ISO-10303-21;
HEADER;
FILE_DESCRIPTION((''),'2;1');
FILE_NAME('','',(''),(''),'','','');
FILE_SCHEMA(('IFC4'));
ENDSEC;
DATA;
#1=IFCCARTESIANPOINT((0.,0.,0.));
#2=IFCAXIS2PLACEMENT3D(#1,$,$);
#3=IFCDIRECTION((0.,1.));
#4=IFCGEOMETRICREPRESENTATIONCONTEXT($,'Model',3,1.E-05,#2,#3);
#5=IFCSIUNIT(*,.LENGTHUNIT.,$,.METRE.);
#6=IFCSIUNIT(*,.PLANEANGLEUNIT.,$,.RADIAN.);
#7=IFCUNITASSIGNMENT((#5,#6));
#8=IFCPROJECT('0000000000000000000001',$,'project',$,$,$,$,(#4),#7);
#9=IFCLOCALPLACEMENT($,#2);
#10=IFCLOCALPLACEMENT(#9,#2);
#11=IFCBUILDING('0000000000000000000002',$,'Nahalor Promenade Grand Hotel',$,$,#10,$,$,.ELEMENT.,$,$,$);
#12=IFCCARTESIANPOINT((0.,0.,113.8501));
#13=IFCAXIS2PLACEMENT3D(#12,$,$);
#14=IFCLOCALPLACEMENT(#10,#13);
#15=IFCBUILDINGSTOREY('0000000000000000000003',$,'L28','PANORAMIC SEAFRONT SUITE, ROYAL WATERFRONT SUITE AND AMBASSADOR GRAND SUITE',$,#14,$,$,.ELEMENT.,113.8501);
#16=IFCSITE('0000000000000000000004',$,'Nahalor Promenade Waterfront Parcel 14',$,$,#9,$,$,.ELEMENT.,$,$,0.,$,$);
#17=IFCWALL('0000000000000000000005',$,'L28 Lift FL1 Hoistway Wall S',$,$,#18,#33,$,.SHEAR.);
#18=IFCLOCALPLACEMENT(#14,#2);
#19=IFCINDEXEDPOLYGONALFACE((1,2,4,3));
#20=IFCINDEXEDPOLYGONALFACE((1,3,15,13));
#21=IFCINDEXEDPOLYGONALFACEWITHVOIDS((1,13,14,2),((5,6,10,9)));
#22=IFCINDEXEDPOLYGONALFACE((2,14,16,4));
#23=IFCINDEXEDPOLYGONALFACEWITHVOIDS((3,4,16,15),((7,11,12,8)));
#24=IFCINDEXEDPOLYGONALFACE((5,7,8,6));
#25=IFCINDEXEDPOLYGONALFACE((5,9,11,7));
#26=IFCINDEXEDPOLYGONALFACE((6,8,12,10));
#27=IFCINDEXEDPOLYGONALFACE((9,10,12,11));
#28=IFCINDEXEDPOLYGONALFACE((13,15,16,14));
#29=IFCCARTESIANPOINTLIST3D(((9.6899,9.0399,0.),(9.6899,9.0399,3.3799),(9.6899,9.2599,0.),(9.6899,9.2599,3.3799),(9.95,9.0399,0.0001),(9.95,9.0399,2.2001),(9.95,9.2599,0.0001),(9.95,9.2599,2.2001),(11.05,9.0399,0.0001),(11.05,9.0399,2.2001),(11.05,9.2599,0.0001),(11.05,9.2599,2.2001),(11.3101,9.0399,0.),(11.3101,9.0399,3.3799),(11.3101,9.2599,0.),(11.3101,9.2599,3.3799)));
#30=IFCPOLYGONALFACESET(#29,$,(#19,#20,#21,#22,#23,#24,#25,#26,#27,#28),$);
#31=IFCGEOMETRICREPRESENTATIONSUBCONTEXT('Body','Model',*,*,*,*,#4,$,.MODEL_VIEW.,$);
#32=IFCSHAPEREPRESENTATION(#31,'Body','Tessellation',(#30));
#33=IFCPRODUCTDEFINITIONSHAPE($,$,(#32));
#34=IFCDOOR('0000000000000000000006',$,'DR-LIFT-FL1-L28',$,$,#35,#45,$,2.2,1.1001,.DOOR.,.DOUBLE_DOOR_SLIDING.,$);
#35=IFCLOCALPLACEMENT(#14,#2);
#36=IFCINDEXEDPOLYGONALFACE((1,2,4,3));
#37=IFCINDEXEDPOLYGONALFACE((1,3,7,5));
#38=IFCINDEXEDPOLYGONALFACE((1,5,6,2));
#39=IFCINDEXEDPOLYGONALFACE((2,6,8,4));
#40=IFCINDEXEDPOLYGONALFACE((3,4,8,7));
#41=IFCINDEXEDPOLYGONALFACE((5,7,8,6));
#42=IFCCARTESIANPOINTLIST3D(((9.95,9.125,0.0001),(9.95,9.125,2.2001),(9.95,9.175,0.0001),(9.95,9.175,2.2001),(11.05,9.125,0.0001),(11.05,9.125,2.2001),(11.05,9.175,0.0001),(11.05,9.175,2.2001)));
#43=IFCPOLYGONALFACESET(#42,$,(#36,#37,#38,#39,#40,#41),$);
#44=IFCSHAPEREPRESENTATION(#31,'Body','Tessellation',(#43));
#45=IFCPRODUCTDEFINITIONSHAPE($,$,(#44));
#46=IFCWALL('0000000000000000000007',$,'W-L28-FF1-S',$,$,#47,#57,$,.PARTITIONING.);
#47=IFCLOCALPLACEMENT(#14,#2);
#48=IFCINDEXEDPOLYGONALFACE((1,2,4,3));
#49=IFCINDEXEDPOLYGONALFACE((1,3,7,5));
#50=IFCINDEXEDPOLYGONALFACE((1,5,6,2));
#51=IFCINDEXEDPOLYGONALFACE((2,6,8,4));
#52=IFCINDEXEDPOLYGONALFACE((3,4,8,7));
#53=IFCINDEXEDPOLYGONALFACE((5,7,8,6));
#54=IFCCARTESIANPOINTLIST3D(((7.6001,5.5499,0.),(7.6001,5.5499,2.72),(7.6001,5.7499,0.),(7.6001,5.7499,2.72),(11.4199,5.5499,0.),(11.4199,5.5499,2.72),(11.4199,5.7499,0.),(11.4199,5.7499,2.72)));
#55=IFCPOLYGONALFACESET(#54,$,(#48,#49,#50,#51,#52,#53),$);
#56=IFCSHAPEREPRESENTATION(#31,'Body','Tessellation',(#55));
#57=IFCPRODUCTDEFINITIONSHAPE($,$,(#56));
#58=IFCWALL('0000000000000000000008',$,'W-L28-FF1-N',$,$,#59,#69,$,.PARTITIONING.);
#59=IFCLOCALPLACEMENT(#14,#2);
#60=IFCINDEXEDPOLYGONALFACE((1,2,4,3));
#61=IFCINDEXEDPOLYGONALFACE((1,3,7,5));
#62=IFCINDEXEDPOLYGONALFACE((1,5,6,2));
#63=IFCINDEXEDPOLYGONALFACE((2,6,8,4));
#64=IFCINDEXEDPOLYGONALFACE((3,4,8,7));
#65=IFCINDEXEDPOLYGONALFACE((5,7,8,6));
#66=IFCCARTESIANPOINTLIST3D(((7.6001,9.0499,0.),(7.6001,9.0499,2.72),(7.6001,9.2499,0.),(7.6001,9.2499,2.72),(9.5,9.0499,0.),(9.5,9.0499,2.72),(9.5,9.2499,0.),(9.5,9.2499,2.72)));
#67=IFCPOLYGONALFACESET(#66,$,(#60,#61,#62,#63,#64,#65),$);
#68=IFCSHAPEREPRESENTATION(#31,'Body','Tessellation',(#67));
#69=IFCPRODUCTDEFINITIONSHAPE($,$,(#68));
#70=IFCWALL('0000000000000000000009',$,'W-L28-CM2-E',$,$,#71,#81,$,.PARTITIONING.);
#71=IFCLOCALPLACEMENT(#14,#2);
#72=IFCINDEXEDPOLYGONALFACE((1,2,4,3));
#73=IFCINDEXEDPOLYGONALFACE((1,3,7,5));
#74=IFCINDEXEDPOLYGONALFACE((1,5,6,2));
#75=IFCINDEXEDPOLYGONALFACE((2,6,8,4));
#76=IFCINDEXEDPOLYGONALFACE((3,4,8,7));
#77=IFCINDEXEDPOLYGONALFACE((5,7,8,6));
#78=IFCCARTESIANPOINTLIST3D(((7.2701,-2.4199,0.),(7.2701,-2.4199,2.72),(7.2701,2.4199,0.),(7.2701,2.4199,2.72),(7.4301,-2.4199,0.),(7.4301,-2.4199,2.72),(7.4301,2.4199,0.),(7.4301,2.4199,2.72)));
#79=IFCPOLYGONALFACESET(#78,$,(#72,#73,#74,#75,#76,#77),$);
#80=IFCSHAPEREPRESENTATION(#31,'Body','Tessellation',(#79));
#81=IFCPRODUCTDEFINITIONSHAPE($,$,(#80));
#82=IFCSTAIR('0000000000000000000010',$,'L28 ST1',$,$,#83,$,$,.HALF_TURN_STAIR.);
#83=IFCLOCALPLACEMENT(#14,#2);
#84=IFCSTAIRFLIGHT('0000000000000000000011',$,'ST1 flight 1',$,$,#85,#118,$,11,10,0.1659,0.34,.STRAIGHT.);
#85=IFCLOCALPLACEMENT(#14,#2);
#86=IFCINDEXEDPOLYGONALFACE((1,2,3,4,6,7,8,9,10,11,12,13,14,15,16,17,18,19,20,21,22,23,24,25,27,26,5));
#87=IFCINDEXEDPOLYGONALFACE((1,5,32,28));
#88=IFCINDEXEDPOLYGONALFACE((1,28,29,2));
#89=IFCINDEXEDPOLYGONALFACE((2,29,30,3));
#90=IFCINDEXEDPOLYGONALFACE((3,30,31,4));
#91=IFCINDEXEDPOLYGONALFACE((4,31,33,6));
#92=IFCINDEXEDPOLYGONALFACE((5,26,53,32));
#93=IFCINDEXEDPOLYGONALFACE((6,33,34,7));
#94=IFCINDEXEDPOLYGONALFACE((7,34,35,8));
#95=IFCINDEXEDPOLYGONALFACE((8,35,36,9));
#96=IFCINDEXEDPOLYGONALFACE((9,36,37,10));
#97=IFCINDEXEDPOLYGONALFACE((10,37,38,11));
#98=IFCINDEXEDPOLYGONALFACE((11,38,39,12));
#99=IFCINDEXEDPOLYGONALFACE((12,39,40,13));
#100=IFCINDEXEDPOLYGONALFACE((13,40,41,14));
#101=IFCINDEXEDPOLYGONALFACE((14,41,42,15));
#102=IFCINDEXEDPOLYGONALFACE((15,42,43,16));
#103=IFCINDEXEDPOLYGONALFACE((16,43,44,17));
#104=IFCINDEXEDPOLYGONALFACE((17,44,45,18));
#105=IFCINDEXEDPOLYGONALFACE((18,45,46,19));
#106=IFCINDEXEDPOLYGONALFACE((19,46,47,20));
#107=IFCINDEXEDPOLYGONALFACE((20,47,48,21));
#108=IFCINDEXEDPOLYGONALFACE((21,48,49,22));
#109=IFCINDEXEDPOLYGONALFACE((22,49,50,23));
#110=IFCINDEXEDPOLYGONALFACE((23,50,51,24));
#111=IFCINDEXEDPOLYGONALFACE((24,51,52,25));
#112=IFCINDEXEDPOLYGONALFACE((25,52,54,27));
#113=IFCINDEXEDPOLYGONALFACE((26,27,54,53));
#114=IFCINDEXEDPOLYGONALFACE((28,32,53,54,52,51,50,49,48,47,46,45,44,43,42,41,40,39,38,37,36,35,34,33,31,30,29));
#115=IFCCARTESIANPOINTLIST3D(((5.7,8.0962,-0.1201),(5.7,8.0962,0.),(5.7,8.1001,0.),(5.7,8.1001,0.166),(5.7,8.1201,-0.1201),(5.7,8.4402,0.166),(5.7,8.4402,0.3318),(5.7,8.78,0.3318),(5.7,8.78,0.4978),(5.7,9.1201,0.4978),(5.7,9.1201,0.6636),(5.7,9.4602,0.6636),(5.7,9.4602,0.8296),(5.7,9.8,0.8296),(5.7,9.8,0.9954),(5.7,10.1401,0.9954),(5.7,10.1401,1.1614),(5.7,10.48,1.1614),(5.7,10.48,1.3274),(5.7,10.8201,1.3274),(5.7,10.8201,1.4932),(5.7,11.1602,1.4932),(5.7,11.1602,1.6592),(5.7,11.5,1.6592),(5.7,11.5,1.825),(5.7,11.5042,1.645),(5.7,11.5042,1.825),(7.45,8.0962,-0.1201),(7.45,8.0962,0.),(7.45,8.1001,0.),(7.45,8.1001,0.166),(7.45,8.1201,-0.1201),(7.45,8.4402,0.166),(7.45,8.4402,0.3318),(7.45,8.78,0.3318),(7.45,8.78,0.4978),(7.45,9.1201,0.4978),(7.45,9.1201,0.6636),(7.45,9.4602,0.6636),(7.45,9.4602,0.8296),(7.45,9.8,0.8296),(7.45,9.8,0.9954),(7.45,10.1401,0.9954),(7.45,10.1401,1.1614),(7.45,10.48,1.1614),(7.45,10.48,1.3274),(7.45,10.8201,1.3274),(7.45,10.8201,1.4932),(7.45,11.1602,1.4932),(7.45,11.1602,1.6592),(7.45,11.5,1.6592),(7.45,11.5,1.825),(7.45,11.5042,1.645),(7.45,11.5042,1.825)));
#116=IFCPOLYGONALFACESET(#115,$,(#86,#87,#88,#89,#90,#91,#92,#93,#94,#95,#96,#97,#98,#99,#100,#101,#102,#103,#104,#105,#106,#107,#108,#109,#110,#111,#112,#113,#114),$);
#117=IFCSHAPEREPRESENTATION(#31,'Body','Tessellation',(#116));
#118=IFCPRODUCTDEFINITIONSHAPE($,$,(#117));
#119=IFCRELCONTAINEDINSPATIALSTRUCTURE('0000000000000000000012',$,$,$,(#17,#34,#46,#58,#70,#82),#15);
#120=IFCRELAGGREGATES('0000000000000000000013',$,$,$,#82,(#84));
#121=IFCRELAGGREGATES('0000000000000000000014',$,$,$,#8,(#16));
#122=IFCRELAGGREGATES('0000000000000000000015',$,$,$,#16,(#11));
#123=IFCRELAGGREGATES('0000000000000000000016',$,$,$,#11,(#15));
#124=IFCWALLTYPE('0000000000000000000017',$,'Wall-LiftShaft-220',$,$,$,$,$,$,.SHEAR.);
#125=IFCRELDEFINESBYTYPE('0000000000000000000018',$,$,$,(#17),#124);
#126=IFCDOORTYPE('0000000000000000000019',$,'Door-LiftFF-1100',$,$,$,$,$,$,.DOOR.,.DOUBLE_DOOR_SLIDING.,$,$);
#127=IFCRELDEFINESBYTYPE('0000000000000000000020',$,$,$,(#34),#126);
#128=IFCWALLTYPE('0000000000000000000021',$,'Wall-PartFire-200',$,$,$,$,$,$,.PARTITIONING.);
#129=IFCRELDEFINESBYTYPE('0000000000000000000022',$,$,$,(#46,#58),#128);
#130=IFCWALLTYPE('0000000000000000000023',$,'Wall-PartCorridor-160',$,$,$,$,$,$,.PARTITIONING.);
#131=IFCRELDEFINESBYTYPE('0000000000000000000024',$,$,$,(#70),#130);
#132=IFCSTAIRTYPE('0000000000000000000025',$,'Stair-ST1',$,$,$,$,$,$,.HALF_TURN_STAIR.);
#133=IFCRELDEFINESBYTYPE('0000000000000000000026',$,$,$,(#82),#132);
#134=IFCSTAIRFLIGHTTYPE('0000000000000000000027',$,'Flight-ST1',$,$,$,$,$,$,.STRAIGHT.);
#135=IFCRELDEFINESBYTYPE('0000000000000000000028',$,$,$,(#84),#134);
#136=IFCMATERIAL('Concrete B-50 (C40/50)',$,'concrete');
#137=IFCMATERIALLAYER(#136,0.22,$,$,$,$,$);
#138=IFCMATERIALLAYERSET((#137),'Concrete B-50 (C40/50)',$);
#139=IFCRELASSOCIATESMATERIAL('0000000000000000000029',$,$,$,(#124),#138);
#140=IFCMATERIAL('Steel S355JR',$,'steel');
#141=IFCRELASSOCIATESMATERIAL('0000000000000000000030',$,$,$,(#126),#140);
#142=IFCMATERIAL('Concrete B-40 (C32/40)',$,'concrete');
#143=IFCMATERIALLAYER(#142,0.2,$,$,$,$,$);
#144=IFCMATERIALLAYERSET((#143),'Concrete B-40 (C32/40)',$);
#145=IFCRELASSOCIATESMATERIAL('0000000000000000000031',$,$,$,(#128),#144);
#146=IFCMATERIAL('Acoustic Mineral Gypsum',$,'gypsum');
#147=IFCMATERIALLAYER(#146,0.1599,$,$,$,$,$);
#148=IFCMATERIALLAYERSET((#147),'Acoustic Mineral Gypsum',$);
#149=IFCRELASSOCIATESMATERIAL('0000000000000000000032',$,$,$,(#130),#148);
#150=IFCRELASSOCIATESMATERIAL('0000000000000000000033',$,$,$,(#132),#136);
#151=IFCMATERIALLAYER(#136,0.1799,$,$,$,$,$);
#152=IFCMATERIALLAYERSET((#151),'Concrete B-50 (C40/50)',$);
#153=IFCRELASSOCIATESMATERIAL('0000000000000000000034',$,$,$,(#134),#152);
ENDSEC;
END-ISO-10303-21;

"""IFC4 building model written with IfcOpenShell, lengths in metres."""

from ifc_helpers import new_model, si_unit, direction, frame, frame_2d, origin, place, context, subcontext, project, spatial, polyline, rectangle, outline, extrude, source, transform, mapped, material, layer, layer_set, type_object, element, fill, aggregate, save


model = new_model("IFC4")

# Units and contexts
model_context = context("Model", 3, precision=1e-05, world=origin(), true_north=direction((0.0, 1.0)))
body_context = subcontext(model_context, "Body", "Model", "MODEL_VIEW")
ifc_project = project(units=[si_unit("LENGTHUNIT", "METRE"), si_unit("PLANEANGLEUNIT", "RADIAN")], contexts=[model_context])

# Site, building, storey
site_placement = place(None, origin())
site = spatial("IfcSite", under=ifc_project, at=site_placement, Name="Nahalor Promenade Waterfront Parcel 14", CompositionType="ELEMENT", RefElevation=0.0)
building_placement = place(site_placement, origin())
building = spatial("IfcBuilding", under=site, at=building_placement, Name="Nahalor Promenade Grand Hotel", CompositionType="ELEMENT")
storey_placement = place(building_placement, frame((0.0, 0.0, 113.8501)))
storey = spatial("IfcBuildingStorey", under=building, at=storey_placement, Name="L28", Description="PANORAMIC SEAFRONT SUITE, ROYAL WATERFRONT SUITE AND AMBASSADOR GRAND SUITE", CompositionType="ELEMENT", Elevation=113.8501)

# Shared definitions
ifc_material_1 = material(Name="Steel S355JR", Category="steel")

# Shared definitions
ifc_material_2 = material(Name="Concrete B-50 (C40/50)", Category="concrete")

# Shared definitions
ifc_layer_1 = layer(ifc_material_2, 0.22)
ifc_layer_set_1 = layer_set([ifc_layer_1], Name="Concrete B-50 (C40/50)")
wall_type_1 = type_object("IfcWallType", Name="Wall-LiftShaft-220", PredefinedType="SHEAR", material=ifc_layer_set_1)

# Wall, opening, door
shared_shape_1 = source(origin(), body_context, "Body", "SweptSolid", [
    extrude(rectangle(XDim=1.6201, YDim=0.22, at=frame_2d((0.8101, 0.0))), origin(), (0.0, 0.0, 1.0), 3.3799),
])
wall_1_placement = place(storey_placement, frame((9.6899, 9.1499, 0.0), z_axis=(0.0, 0.0, 1.0), x_axis=(1.0, 0.0, 0.0)))
wall_1 = element("IfcWall", 1, at=wall_1_placement, inside=storey, type_object=wall_type_1, Name="L28 Lift FL1 Hoistway Wall S", PredefinedType="SHEAR", context=body_context, shape_type="MappedRepresentation", body=[
    mapped(shared_shape_1, transform((0.0, 0.0, 0.0), scale=1.0)),
])
opening_1_placement = place(wall_1_placement, frame((0.26, 0.0, 0.0)))
opening_1 = element("IfcOpeningElement", 2, at=opening_1_placement, cuts=wall_1, PredefinedType="OPENING", context=body_context, shape_type="SweptSolid", body=[
    extrude(rectangle(XDim=1.1001, YDim=2.2, at=frame_2d((0.55, 1.1001))), frame((0.0, 0.1199, 0.0), z_axis=(0.0, -1.0, 0.0), x_axis=(1.0, 0.0, 0.0)), (0.0, 0.0, 1.0), 0.24),
])
door_type_1 = type_object("IfcDoorType", Name="Door-LiftFF-1100", OperationType="DOUBLE_DOOR_SLIDING", PredefinedType="DOOR", material=ifc_material_1)
shared_shape_2 = source(origin(), body_context, "Body", "SweptSolid", [
    extrude(rectangle(XDim=1.1001, YDim=2.2, at=frame_2d((0.55, 1.1001))), frame((0.0, 0.0249, 0.0), z_axis=(0.0, -1.0, 0.0), x_axis=(1.0, 0.0, 0.0)), (0.0, 0.0, 1.0), 0.05),
])
door_1_placement = place(opening_1_placement, frame((1.1001, 0.0, 0.0), z_axis=(0.0, 0.0, 1.0), x_axis=(-1.0, 0.0, 0.0)))
door_1 = element("IfcDoor", 3, at=door_1_placement, inside=storey, type_object=door_type_1, Name="DR-LIFT-FL1-L28", OperationType="DOUBLE_DOOR_SLIDING", OverallHeight=2.2, OverallWidth=1.1001, PredefinedType="DOOR", context=body_context, shape_type="MappedRepresentation", body=[
    mapped(shared_shape_2, transform((0.0, 0.0, 0.0), scale=1.0)),
])
fill(opening_1, door_1)

# Walls
ifc_material_3 = material(Name="Concrete B-40 (C32/40)", Category="concrete")
ifc_layer_2 = layer(ifc_material_3, 0.2)
ifc_layer_set_2 = layer_set([ifc_layer_2], Name="Concrete B-40 (C32/40)")
wall_type_2 = type_object("IfcWallType", Name="Wall-PartFire-200", PredefinedType="PARTITIONING", material=ifc_layer_set_2)
shared_shape_3 = source(origin(), body_context, "Body", "SweptSolid", [
    extrude(rectangle(XDim=3.8198, YDim=0.2, at=frame_2d((1.9099, 0.0))), origin(), (0.0, 0.0, 1.0), 2.72),
])
wall_2_placement = place(storey_placement, frame((7.6001, 5.6499, 0.0), z_axis=(0.0, 0.0, 1.0), x_axis=(1.0, 0.0, 0.0)))
element("IfcWall", 4, at=wall_2_placement, inside=storey, type_object=wall_type_2, Name="W-L28-FF1-S", PredefinedType="PARTITIONING", context=body_context, shape_type="MappedRepresentation", body=[
    mapped(shared_shape_3, transform((0.0, 0.0, 0.0), scale=1.0)),
])
shared_shape_4 = source(origin(), body_context, "Body", "SweptSolid", [
    extrude(rectangle(XDim=1.8999, YDim=0.2, at=frame_2d((0.95, 0.0))), origin(), (0.0, 0.0, 1.0), 2.72),
])
wall_3_placement = place(storey_placement, frame((7.6001, 9.1499, 0.0), z_axis=(0.0, 0.0, 1.0), x_axis=(1.0, 0.0, 0.0)))
element("IfcWall", 5, at=wall_3_placement, inside=storey, type_object=wall_type_2, Name="W-L28-FF1-N", PredefinedType="PARTITIONING", context=body_context, shape_type="MappedRepresentation", body=[
    mapped(shared_shape_4, transform((0.0, 0.0, 0.0), scale=1.0)),
])

# Wall
ifc_material_4 = material(Name="Acoustic Mineral Gypsum", Category="gypsum")
ifc_layer_3 = layer(ifc_material_4, 0.1599)
ifc_layer_set_3 = layer_set([ifc_layer_3], Name="Acoustic Mineral Gypsum")
wall_type_3 = type_object("IfcWallType", Name="Wall-PartCorridor-160", PredefinedType="PARTITIONING", material=ifc_layer_set_3)
shared_shape_5 = source(origin(), body_context, "Body", "SweptSolid", [
    extrude(rectangle(XDim=4.8398, YDim=0.1599, at=frame_2d((2.4199, 0.0))), origin(), (0.0, 0.0, 1.0), 2.72),
])
wall_4_placement = place(storey_placement, frame((7.3501, -2.4199, 0.0), z_axis=(0.0, 0.0, 1.0), x_axis=(0.0, 1.0, 0.0)))
element("IfcWall", 6, at=wall_4_placement, inside=storey, type_object=wall_type_3, Name="W-L28-CM2-E", PredefinedType="PARTITIONING", context=body_context, shape_type="MappedRepresentation", body=[
    mapped(shared_shape_5, transform((0.0, 0.0, 0.0), scale=1.0)),
])

# Stair, stair flight
stair_type = type_object("IfcStairType", Name="Stair-ST1", PredefinedType="HALF_TURN_STAIR", material=ifc_material_2)
stair_placement = place(storey_placement, origin())
stair = element("IfcStair", 7, at=stair_placement, inside=storey, type_object=stair_type, Name="L28 ST1", PredefinedType="HALF_TURN_STAIR")
ifc_layer_4 = layer(ifc_material_2, 0.1799)
ifc_layer_set_4 = layer_set([ifc_layer_4], Name="Concrete B-50 (C40/50)")
stair_flight_type = type_object("IfcStairFlightType", Name="Flight-ST1", PredefinedType="STRAIGHT", material=ifc_layer_set_4)
shared_shape_6 = source(origin(), body_context, "Body", "SweptSolid", [
    extrude(outline(polyline([(-0.0039, -0.1201), (-0.0039, 0.0), (0.0, 0.0), (0.0, 0.166), (0.3401, 0.166), (0.3401, 0.3318), (0.6799, 0.3318), (0.6799, 0.4978), (1.02, 0.4978), (1.02, 0.6636), (1.3601, 0.6636), (1.3601, 0.8296), (1.7, 0.8296), (1.7, 0.9954), (2.04, 0.9954), (2.04, 1.1614), (2.3799, 1.1614), (2.3799, 1.3274), (2.72, 1.3274), (2.72, 1.4932), (3.0601, 1.4932), (3.0601, 1.6592), (3.3999, 1.6592), (3.3999, 1.825), (3.4041, 1.825), (3.4041, 1.645), (0.02, -0.1201), (-0.0039, -0.1201)])), frame((0.0, 0.875, 0.0), z_axis=(0.0, -1.0, 0.0), x_axis=(1.0, 0.0, 0.0)), (0.0, 0.0, 1.0), 1.75),
])
stair_flight_placement = place(storey_placement, frame((6.575, 8.1001, 0.0), z_axis=(0.0, 0.0, 1.0), x_axis=(0.0, 1.0, 0.0)))
stair_flight = element("IfcStairFlight", 8, at=stair_flight_placement, type_object=stair_flight_type, Name="ST1 flight 1", NumberOfRisers=11, NumberOfTreads=10, PredefinedType="STRAIGHT", RiserHeight=0.1659, TreadLength=0.34, context=body_context, shape_type="MappedRepresentation", body=[
    mapped(shared_shape_6, transform((0.0, 0.0, 0.0), scale=1.0)),
])
aggregate(stair, [stair_flight])

save(model, "model.ifc")
